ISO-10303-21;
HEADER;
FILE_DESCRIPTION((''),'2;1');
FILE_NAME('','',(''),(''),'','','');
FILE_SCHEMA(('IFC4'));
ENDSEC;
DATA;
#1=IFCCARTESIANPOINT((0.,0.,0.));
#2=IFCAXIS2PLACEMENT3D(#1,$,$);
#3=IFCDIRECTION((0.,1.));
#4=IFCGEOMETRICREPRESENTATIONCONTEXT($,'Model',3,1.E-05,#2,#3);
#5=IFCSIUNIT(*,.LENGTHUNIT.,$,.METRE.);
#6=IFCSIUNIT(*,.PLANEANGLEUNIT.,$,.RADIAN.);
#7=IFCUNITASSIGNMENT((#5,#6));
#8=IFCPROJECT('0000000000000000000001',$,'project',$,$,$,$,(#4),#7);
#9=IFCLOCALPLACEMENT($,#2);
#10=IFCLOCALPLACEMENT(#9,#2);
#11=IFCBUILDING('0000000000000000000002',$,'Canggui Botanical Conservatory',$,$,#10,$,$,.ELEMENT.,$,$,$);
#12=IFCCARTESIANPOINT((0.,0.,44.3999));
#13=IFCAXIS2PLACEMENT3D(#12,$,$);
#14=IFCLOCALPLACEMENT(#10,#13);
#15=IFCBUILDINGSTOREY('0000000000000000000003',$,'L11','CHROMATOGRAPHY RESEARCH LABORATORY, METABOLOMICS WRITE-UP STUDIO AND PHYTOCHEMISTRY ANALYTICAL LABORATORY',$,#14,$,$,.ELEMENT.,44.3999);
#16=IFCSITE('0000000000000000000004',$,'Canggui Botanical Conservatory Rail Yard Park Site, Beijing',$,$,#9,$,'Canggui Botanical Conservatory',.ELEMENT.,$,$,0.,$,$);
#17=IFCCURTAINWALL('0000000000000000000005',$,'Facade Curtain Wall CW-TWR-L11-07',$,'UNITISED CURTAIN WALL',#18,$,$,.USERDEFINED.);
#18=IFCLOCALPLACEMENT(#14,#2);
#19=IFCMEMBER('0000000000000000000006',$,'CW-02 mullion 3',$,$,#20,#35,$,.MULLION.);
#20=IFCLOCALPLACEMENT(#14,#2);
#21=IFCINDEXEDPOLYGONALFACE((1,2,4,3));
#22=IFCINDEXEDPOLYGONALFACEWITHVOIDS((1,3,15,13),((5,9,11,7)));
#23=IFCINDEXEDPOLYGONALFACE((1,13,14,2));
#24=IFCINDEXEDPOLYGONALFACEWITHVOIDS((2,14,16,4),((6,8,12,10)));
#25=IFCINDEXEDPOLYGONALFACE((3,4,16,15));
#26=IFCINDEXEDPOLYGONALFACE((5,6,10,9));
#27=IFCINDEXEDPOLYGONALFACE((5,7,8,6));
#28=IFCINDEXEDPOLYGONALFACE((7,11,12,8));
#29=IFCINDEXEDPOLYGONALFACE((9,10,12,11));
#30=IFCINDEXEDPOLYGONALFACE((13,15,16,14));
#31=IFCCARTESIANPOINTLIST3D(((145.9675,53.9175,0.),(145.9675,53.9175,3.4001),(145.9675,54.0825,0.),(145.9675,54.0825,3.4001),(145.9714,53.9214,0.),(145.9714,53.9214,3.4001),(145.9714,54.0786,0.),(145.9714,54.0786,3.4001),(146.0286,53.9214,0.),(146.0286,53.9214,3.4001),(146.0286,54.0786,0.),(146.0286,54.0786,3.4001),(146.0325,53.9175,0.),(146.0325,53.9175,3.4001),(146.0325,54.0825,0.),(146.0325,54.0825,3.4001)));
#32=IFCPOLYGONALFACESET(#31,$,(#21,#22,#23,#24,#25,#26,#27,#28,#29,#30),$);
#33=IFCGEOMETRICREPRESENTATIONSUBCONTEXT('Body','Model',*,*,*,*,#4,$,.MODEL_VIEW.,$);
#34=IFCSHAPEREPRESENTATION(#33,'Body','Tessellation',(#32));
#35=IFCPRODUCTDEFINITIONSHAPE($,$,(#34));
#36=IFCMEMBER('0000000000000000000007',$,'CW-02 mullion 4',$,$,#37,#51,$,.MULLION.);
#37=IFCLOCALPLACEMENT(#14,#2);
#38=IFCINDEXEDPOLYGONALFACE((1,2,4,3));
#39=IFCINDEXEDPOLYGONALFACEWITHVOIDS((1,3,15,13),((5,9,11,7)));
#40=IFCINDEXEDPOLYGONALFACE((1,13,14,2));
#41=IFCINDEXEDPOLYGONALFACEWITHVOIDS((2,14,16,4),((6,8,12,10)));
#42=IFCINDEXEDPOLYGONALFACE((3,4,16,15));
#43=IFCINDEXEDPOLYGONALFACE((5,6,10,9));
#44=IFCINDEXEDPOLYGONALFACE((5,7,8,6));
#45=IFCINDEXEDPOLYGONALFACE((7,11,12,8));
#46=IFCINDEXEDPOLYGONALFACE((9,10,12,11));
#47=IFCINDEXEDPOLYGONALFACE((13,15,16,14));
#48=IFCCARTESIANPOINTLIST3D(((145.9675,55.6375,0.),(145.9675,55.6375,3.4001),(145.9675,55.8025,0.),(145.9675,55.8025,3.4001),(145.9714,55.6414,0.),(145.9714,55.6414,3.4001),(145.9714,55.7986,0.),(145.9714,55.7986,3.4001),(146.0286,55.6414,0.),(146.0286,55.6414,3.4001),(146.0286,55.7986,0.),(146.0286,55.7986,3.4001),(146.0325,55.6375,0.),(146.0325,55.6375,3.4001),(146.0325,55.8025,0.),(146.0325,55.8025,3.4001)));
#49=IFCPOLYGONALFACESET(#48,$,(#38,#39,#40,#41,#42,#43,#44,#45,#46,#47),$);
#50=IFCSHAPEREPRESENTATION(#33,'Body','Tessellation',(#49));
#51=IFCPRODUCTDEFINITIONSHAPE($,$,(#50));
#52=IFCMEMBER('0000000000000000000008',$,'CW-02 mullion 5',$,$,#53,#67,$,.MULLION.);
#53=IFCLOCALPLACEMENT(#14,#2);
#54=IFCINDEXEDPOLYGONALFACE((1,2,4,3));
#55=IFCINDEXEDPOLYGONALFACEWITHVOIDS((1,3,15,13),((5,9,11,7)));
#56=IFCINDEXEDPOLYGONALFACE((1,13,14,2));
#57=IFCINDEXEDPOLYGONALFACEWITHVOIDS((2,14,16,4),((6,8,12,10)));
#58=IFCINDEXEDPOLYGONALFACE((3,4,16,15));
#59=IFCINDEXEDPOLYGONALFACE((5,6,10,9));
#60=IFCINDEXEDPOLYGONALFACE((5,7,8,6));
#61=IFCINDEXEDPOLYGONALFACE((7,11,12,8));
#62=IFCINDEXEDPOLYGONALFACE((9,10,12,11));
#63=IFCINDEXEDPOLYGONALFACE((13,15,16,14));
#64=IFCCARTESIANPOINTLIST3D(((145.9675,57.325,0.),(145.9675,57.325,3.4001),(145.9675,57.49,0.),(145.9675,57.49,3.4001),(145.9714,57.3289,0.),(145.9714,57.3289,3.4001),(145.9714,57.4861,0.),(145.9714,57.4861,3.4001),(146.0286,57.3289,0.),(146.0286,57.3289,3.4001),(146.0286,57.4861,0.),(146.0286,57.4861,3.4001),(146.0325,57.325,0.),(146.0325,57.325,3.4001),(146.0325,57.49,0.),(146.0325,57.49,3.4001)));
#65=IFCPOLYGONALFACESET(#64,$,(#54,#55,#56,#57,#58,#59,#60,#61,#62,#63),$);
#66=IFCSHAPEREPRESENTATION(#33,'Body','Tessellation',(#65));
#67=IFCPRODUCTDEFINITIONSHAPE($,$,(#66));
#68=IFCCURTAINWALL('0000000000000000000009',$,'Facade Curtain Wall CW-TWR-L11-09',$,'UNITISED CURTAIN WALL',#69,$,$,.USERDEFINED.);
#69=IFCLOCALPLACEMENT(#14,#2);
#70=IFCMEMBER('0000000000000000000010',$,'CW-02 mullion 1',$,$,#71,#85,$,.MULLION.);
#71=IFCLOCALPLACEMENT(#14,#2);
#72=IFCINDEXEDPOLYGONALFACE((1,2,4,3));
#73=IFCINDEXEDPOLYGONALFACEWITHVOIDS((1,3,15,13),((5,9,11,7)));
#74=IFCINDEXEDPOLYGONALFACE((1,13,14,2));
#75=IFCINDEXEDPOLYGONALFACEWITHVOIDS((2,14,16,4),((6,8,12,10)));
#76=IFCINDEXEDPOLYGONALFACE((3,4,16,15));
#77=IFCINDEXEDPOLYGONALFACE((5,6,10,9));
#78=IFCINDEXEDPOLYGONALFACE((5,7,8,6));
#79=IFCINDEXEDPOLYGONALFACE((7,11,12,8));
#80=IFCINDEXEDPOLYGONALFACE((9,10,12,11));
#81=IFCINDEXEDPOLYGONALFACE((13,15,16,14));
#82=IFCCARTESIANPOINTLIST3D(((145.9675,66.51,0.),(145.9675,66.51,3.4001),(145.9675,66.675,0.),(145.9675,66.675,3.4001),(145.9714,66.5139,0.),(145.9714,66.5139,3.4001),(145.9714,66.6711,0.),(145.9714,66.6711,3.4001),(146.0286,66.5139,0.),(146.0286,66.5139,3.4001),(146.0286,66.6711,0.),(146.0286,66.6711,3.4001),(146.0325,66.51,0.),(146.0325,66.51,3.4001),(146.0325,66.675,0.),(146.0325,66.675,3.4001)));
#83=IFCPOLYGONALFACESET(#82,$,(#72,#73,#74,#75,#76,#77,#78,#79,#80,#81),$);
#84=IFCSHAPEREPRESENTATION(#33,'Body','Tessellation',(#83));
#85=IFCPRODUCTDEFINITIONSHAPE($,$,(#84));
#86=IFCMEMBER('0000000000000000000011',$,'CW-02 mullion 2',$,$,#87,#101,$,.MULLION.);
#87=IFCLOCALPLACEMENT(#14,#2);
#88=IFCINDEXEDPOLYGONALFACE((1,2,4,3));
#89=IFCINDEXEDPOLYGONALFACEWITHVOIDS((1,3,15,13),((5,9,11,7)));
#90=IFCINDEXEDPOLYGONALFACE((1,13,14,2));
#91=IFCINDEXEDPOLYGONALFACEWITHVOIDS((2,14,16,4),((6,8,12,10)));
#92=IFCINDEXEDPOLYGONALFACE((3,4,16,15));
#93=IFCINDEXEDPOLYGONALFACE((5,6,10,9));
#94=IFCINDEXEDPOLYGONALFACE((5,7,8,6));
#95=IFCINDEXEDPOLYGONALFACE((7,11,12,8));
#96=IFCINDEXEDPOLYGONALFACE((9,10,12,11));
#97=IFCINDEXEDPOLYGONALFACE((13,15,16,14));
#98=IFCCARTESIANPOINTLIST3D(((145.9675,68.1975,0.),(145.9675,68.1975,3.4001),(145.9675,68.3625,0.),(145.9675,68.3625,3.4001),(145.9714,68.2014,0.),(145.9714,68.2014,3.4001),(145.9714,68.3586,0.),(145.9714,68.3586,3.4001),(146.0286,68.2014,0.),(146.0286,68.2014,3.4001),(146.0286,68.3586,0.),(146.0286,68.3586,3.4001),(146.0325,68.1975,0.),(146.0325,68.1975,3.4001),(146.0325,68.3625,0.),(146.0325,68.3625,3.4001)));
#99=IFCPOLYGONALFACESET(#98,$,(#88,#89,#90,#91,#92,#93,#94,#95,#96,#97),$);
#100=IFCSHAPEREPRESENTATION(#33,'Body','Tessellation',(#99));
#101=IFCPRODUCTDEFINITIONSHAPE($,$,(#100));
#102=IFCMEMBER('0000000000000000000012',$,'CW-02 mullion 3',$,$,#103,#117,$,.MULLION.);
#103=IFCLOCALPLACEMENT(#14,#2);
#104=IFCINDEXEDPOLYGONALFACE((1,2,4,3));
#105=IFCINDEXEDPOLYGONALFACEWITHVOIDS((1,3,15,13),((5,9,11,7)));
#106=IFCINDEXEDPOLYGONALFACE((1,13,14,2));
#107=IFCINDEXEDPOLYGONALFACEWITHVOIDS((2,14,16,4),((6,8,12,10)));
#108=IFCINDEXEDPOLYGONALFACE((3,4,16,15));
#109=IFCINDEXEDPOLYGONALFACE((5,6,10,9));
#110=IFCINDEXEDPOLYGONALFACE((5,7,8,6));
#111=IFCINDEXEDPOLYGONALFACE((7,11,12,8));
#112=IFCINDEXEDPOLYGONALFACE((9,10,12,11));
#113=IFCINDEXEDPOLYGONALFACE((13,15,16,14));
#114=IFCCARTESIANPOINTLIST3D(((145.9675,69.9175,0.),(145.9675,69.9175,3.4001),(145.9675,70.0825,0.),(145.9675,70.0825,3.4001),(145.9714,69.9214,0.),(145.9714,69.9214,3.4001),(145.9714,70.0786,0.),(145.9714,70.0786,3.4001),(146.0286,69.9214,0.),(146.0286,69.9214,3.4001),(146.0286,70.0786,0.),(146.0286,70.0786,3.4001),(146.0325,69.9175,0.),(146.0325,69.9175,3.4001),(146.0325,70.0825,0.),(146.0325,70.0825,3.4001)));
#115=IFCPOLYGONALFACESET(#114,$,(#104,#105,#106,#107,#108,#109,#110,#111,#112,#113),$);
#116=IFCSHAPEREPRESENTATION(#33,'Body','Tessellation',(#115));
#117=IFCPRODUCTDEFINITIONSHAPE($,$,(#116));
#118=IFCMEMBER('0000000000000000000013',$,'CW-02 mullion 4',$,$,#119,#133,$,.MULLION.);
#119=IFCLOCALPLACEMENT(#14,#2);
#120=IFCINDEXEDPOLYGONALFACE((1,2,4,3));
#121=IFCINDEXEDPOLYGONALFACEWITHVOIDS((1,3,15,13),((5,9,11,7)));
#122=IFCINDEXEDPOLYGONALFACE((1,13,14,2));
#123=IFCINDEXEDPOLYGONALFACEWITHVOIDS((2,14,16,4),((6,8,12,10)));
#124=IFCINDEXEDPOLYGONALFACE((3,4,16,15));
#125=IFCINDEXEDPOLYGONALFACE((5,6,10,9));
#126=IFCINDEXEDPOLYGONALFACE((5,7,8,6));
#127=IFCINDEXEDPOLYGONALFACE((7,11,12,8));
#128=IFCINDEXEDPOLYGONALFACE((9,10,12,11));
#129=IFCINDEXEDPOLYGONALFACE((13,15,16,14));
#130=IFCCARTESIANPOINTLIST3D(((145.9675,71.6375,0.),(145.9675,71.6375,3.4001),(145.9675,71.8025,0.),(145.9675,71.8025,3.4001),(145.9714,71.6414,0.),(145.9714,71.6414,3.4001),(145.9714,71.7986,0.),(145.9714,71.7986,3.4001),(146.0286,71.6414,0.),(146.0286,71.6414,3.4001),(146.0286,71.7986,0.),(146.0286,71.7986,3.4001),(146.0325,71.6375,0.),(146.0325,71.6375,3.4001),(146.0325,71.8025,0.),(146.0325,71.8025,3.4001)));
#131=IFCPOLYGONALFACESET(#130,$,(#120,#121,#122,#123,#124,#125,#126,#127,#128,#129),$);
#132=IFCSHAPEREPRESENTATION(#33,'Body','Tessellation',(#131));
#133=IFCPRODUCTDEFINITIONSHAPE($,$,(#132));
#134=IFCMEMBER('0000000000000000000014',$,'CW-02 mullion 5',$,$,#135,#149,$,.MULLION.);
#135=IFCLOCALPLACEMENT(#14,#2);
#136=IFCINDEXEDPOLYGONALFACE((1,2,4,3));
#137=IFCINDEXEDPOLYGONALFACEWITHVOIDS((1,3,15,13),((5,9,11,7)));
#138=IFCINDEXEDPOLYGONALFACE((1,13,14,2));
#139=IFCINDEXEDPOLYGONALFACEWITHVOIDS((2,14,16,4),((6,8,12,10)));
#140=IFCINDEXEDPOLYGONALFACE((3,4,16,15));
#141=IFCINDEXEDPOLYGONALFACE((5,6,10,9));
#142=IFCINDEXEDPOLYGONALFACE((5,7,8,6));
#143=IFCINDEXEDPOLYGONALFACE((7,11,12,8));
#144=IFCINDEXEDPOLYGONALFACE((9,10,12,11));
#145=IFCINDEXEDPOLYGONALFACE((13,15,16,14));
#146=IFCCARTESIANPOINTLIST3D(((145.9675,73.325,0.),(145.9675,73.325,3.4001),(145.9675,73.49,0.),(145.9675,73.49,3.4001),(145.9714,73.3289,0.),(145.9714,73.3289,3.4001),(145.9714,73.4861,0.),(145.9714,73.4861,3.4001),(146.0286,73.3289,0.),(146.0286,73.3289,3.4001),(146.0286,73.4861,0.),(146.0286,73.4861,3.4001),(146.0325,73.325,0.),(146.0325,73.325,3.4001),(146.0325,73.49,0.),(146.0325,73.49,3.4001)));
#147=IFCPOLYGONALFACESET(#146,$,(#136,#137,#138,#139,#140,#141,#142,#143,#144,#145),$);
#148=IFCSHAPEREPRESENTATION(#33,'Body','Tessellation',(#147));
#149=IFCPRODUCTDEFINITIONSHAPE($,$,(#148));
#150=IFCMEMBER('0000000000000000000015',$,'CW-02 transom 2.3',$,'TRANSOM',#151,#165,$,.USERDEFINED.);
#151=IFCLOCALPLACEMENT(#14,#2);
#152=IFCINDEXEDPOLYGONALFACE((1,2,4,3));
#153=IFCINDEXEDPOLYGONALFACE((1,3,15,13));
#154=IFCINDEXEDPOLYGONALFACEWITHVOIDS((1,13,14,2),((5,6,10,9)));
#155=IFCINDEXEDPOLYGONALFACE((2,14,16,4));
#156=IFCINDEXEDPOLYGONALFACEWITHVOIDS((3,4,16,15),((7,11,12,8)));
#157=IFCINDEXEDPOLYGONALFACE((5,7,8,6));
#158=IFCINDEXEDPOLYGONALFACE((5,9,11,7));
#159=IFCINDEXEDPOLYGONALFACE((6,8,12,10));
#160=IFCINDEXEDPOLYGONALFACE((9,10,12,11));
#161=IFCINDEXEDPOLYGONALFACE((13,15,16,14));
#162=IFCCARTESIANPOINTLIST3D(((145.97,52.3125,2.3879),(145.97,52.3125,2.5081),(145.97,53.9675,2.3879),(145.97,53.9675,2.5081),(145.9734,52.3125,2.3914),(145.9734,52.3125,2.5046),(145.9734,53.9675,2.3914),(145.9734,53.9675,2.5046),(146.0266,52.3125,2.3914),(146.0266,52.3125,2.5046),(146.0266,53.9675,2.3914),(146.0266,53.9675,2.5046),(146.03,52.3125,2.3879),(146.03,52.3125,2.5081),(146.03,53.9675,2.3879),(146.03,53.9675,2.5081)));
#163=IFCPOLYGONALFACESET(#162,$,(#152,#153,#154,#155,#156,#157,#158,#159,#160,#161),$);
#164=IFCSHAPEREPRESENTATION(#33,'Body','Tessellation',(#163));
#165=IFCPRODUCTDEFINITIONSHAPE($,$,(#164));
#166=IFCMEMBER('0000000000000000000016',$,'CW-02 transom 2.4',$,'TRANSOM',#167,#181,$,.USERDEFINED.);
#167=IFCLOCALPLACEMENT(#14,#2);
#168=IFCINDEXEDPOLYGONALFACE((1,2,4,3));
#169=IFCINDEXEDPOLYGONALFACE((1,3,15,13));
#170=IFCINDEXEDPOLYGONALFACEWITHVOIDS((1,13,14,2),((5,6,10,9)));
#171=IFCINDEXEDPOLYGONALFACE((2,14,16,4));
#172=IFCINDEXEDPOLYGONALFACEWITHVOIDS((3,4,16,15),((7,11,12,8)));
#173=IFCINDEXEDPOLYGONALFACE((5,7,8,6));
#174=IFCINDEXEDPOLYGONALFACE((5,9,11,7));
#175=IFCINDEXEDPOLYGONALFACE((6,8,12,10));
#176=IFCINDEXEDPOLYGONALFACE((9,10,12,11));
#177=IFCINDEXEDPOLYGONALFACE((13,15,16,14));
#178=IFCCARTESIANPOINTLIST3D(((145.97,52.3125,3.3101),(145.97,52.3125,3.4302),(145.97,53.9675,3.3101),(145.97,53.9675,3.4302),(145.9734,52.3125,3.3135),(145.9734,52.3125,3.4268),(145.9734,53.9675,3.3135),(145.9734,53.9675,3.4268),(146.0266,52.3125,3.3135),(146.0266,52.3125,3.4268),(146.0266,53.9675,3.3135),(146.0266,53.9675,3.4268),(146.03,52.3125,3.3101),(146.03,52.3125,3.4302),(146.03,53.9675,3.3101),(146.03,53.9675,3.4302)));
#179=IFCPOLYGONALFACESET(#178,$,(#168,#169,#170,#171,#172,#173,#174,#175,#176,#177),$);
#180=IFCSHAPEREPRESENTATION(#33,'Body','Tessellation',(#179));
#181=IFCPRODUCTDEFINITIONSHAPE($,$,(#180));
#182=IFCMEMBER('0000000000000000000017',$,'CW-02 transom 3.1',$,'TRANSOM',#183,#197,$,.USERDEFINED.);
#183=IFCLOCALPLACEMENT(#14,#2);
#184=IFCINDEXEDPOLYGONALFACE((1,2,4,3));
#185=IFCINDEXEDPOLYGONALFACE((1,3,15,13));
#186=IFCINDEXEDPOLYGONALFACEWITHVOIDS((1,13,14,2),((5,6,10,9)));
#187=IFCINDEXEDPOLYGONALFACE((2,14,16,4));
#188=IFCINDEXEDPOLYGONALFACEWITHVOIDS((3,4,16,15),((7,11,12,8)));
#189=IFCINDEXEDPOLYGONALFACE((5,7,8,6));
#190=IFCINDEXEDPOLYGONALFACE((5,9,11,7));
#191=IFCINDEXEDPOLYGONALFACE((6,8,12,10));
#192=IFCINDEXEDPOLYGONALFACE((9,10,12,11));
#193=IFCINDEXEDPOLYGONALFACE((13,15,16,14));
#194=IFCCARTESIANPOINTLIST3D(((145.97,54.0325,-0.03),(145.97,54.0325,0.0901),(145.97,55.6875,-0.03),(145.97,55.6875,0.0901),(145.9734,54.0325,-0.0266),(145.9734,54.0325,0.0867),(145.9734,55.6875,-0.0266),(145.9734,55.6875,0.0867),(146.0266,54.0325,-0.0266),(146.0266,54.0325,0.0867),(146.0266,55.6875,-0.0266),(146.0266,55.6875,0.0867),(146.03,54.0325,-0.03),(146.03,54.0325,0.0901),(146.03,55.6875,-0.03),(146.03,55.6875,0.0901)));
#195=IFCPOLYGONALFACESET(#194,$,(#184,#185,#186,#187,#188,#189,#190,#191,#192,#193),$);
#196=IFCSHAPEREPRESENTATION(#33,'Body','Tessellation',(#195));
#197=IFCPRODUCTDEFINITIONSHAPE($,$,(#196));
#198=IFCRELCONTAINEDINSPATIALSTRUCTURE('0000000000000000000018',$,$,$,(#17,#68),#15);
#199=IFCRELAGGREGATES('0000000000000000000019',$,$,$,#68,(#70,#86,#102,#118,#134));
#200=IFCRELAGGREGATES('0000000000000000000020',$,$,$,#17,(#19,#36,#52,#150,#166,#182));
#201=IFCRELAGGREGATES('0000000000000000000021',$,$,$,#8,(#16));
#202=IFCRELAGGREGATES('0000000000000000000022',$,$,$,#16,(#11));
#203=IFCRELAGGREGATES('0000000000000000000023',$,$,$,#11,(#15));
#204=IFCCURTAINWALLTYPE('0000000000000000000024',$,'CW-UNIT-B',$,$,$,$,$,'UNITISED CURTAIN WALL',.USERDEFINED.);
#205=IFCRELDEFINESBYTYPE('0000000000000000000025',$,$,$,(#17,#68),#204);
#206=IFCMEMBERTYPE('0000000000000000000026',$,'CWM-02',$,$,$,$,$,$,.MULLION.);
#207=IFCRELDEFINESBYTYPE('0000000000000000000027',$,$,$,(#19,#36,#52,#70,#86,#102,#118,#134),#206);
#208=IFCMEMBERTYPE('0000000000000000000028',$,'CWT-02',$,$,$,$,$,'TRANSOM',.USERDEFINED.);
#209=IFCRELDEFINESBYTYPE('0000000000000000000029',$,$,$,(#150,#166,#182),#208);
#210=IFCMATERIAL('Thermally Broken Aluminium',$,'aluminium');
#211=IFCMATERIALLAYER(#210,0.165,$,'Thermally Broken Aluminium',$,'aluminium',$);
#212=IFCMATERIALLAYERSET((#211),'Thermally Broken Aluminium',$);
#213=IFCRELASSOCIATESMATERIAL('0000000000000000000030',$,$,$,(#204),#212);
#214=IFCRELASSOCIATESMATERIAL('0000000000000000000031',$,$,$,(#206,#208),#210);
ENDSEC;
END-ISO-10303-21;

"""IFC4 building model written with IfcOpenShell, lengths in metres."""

from ifc_helpers import new_model, si_unit, direction, frame, origin, origin_2d, place, context, subcontext, project, spatial, hollow_rectangle, extrude, material, layer, layer_set, material_profile, profile_set, type_object, element, aggregate, save


model = new_model("IFC4")

# Units and contexts
model_context = context("Model", 3, precision=1e-05, world=origin(), true_north=direction((0.0, 1.0)))
body_context = subcontext(model_context, "Body", "Model", "MODEL_VIEW")
ifc_project = project(units=[si_unit("LENGTHUNIT", "METRE"), si_unit("PLANEANGLEUNIT", "RADIAN")], contexts=[model_context])

# Site, building, storey
site_placement = place(None, origin())
site = spatial("IfcSite", under=ifc_project, at=site_placement, Name="Canggui Botanical Conservatory Rail Yard Park Site, Beijing", LongName="Canggui Botanical Conservatory", CompositionType="ELEMENT", RefElevation=0.0)
building_placement = place(site_placement, origin())
building = spatial("IfcBuilding", under=site, at=building_placement, Name="Canggui Botanical Conservatory", CompositionType="ELEMENT")
storey_placement = place(building_placement, frame((0.0, 0.0, 44.3999)))
storey = spatial("IfcBuildingStorey", under=building, at=storey_placement, Name="L11", Description="CHROMATOGRAPHY RESEARCH LABORATORY, METABOLOMICS WRITE-UP STUDIO AND PHYTOCHEMISTRY ANALYTICAL LABORATORY", CompositionType="ELEMENT", Elevation=44.3999)

# Curtain walls, members
ifc_material_1 = material(Name="Thermally Broken Aluminium", Category="aluminium")
ifc_layer_1 = layer(ifc_material_1, 0.165, Name="Thermally Broken Aluminium", Category="aluminium")
ifc_layer_set_1 = layer_set([ifc_layer_1], Name="Thermally Broken Aluminium")
curtain_wall_type = type_object("IfcCurtainWallType", Name="CW-UNIT-B", ElementType="UNITISED CURTAIN WALL", PredefinedType="USERDEFINED", material=ifc_layer_set_1)
curtain_wall_1_placement = place(storey_placement, origin())
curtain_wall_1 = element("IfcCurtainWall", 1, at=curtain_wall_1_placement, inside=storey, type_object=curtain_wall_type, Name="Facade Curtain Wall CW-TWR-L11-07", ObjectType="UNITISED CURTAIN WALL", PredefinedType="USERDEFINED")
ifc_material_profile_1 = material_profile(ifc_material_1, hollow_rectangle(XDim=0.0649, YDim=0.165, WallThickness=0.0039, at=origin_2d()), Name="CWM 65x165x4")
ifc_profile_set_1 = profile_set([ifc_material_profile_1], Name="Thermally Broken Aluminium")
member_type_1 = type_object("IfcMemberType", Name="CWM-02", PredefinedType="MULLION", material=ifc_profile_set_1)
member_1_placement = place(storey_placement, frame((146.0, 54.0, 0.0), z_axis=(0.0, 0.0, 1.0), x_axis=(-1.0, 0.0, 0.0)))
member_1 = element("IfcMember", 2, at=member_1_placement, type_object=member_type_1, Name="CW-02 mullion 3", PredefinedType="MULLION", context=body_context, shape_type="SweptSolid", body=[
    extrude(hollow_rectangle(XDim=0.0649, YDim=0.165, WallThickness=0.0039, at=origin_2d()), origin(), (0.0, 0.0, 1.0), 3.4001),
])
member_2_placement = place(storey_placement, frame((146.0, 55.72, 0.0), z_axis=(0.0, 0.0, 1.0), x_axis=(-1.0, 0.0, 0.0)))
member_2 = element("IfcMember", 3, at=member_2_placement, type_object=member_type_1, Name="CW-02 mullion 4", PredefinedType="MULLION", context=body_context, shape_type="SweptSolid", body=[
    extrude(hollow_rectangle(XDim=0.0649, YDim=0.165, WallThickness=0.0039, at=origin_2d()), origin(), (0.0, 0.0, 1.0), 3.4001),
])
member_3_placement = place(storey_placement, frame((146.0, 57.4075, 0.0), z_axis=(0.0, 0.0, 1.0), x_axis=(-1.0, 0.0, 0.0)))
member_3 = element("IfcMember", 4, at=member_3_placement, type_object=member_type_1, Name="CW-02 mullion 5", PredefinedType="MULLION", context=body_context, shape_type="SweptSolid", body=[
    extrude(hollow_rectangle(XDim=0.0649, YDim=0.165, WallThickness=0.0039, at=origin_2d()), origin(), (0.0, 0.0, 1.0), 3.4001),
])
curtain_wall_2_placement = place(storey_placement, origin())
curtain_wall_2 = element("IfcCurtainWall", 5, at=curtain_wall_2_placement, inside=storey, type_object=curtain_wall_type, Name="Facade Curtain Wall CW-TWR-L11-09", ObjectType="UNITISED CURTAIN WALL", PredefinedType="USERDEFINED")
member_4_placement = place(storey_placement, frame((146.0, 66.5925, 0.0), z_axis=(0.0, 0.0, 1.0), x_axis=(-1.0, 0.0, 0.0)))
member_4 = element("IfcMember", 6, at=member_4_placement, type_object=member_type_1, Name="CW-02 mullion 1", PredefinedType="MULLION", context=body_context, shape_type="SweptSolid", body=[
    extrude(hollow_rectangle(XDim=0.0649, YDim=0.165, WallThickness=0.0039, at=origin_2d()), origin(), (0.0, 0.0, 1.0), 3.4001),
])
member_5_placement = place(storey_placement, frame((146.0, 68.28, 0.0), z_axis=(0.0, 0.0, 1.0), x_axis=(-1.0, 0.0, 0.0)))
member_5 = element("IfcMember", 7, at=member_5_placement, type_object=member_type_1, Name="CW-02 mullion 2", PredefinedType="MULLION", context=body_context, shape_type="SweptSolid", body=[
    extrude(hollow_rectangle(XDim=0.0649, YDim=0.165, WallThickness=0.0039, at=origin_2d()), origin(), (0.0, 0.0, 1.0), 3.4001),
])
member_6_placement = place(storey_placement, frame((146.0, 70.0, 0.0), z_axis=(0.0, 0.0, 1.0), x_axis=(-1.0, 0.0, 0.0)))
member_6 = element("IfcMember", 8, at=member_6_placement, type_object=member_type_1, Name="CW-02 mullion 3", PredefinedType="MULLION", context=body_context, shape_type="SweptSolid", body=[
    extrude(hollow_rectangle(XDim=0.0649, YDim=0.165, WallThickness=0.0039, at=origin_2d()), origin(), (0.0, 0.0, 1.0), 3.4001),
])
member_7_placement = place(storey_placement, frame((146.0, 71.72, 0.0), z_axis=(0.0, 0.0, 1.0), x_axis=(-1.0, 0.0, 0.0)))
member_7 = element("IfcMember", 9, at=member_7_placement, type_object=member_type_1, Name="CW-02 mullion 4", PredefinedType="MULLION", context=body_context, shape_type="SweptSolid", body=[
    extrude(hollow_rectangle(XDim=0.0649, YDim=0.165, WallThickness=0.0039, at=origin_2d()), origin(), (0.0, 0.0, 1.0), 3.4001),
])
member_8_placement = place(storey_placement, frame((146.0, 73.4075, 0.0), z_axis=(0.0, 0.0, 1.0), x_axis=(-1.0, 0.0, 0.0)))
member_8 = element("IfcMember", 10, at=member_8_placement, type_object=member_type_1, Name="CW-02 mullion 5", PredefinedType="MULLION", context=body_context, shape_type="SweptSolid", body=[
    extrude(hollow_rectangle(XDim=0.0649, YDim=0.165, WallThickness=0.0039, at=origin_2d()), origin(), (0.0, 0.0, 1.0), 3.4001),
])

# Members
ifc_material_profile_2 = material_profile(ifc_material_1, hollow_rectangle(XDim=0.0601, YDim=0.1201, WallThickness=0.0034, at=origin_2d()), Name="CWT 60x120x3.5")
ifc_profile_set_2 = profile_set([ifc_material_profile_2], Name="Thermally Broken Aluminium")
member_type_2 = type_object("IfcMemberType", Name="CWT-02", ElementType="TRANSOM", PredefinedType="USERDEFINED", material=ifc_profile_set_2)
member_9_placement = place(storey_placement, frame((146.0, 52.3125, 2.448), z_axis=(0.0, 1.0, 0.0), x_axis=(-1.0, 0.0, 0.0)))
member_9 = element("IfcMember", 11, at=member_9_placement, type_object=member_type_2, Name="CW-02 transom 2.3", ObjectType="TRANSOM", PredefinedType="USERDEFINED", context=body_context, shape_type="SweptSolid", body=[
    extrude(hollow_rectangle(XDim=0.0601, YDim=0.1201, WallThickness=0.0034, at=origin_2d()), origin(), (0.0, 0.0, 1.0), 1.655),
])
member_10_placement = place(storey_placement, frame((146.0, 52.3125, 3.3701), z_axis=(0.0, 1.0, 0.0), x_axis=(-1.0, 0.0, 0.0)))
member_10 = element("IfcMember", 12, at=member_10_placement, type_object=member_type_2, Name="CW-02 transom 2.4", ObjectType="TRANSOM", PredefinedType="USERDEFINED", context=body_context, shape_type="SweptSolid", body=[
    extrude(hollow_rectangle(XDim=0.0601, YDim=0.1201, WallThickness=0.0034, at=origin_2d()), origin(), (0.0, 0.0, 1.0), 1.655),
])
member_11_placement = place(storey_placement, frame((146.0, 54.0325, 0.03), z_axis=(0.0, 1.0, 0.0), x_axis=(-1.0, 0.0, 0.0)))
member_11 = element("IfcMember", 13, at=member_11_placement, type_object=member_type_2, Name="CW-02 transom 3.1", ObjectType="TRANSOM", PredefinedType="USERDEFINED", context=body_context, shape_type="SweptSolid", body=[
    extrude(hollow_rectangle(XDim=0.0601, YDim=0.1201, WallThickness=0.0034, at=origin_2d()), origin(), (0.0, 0.0, 1.0), 1.655),
])
aggregate(curtain_wall_2, [member_4, member_5, member_6, member_7, member_8])

aggregate(curtain_wall_1, [member_1, member_2, member_3, member_9, member_10, member_11])

save(model, "model.ifc")
